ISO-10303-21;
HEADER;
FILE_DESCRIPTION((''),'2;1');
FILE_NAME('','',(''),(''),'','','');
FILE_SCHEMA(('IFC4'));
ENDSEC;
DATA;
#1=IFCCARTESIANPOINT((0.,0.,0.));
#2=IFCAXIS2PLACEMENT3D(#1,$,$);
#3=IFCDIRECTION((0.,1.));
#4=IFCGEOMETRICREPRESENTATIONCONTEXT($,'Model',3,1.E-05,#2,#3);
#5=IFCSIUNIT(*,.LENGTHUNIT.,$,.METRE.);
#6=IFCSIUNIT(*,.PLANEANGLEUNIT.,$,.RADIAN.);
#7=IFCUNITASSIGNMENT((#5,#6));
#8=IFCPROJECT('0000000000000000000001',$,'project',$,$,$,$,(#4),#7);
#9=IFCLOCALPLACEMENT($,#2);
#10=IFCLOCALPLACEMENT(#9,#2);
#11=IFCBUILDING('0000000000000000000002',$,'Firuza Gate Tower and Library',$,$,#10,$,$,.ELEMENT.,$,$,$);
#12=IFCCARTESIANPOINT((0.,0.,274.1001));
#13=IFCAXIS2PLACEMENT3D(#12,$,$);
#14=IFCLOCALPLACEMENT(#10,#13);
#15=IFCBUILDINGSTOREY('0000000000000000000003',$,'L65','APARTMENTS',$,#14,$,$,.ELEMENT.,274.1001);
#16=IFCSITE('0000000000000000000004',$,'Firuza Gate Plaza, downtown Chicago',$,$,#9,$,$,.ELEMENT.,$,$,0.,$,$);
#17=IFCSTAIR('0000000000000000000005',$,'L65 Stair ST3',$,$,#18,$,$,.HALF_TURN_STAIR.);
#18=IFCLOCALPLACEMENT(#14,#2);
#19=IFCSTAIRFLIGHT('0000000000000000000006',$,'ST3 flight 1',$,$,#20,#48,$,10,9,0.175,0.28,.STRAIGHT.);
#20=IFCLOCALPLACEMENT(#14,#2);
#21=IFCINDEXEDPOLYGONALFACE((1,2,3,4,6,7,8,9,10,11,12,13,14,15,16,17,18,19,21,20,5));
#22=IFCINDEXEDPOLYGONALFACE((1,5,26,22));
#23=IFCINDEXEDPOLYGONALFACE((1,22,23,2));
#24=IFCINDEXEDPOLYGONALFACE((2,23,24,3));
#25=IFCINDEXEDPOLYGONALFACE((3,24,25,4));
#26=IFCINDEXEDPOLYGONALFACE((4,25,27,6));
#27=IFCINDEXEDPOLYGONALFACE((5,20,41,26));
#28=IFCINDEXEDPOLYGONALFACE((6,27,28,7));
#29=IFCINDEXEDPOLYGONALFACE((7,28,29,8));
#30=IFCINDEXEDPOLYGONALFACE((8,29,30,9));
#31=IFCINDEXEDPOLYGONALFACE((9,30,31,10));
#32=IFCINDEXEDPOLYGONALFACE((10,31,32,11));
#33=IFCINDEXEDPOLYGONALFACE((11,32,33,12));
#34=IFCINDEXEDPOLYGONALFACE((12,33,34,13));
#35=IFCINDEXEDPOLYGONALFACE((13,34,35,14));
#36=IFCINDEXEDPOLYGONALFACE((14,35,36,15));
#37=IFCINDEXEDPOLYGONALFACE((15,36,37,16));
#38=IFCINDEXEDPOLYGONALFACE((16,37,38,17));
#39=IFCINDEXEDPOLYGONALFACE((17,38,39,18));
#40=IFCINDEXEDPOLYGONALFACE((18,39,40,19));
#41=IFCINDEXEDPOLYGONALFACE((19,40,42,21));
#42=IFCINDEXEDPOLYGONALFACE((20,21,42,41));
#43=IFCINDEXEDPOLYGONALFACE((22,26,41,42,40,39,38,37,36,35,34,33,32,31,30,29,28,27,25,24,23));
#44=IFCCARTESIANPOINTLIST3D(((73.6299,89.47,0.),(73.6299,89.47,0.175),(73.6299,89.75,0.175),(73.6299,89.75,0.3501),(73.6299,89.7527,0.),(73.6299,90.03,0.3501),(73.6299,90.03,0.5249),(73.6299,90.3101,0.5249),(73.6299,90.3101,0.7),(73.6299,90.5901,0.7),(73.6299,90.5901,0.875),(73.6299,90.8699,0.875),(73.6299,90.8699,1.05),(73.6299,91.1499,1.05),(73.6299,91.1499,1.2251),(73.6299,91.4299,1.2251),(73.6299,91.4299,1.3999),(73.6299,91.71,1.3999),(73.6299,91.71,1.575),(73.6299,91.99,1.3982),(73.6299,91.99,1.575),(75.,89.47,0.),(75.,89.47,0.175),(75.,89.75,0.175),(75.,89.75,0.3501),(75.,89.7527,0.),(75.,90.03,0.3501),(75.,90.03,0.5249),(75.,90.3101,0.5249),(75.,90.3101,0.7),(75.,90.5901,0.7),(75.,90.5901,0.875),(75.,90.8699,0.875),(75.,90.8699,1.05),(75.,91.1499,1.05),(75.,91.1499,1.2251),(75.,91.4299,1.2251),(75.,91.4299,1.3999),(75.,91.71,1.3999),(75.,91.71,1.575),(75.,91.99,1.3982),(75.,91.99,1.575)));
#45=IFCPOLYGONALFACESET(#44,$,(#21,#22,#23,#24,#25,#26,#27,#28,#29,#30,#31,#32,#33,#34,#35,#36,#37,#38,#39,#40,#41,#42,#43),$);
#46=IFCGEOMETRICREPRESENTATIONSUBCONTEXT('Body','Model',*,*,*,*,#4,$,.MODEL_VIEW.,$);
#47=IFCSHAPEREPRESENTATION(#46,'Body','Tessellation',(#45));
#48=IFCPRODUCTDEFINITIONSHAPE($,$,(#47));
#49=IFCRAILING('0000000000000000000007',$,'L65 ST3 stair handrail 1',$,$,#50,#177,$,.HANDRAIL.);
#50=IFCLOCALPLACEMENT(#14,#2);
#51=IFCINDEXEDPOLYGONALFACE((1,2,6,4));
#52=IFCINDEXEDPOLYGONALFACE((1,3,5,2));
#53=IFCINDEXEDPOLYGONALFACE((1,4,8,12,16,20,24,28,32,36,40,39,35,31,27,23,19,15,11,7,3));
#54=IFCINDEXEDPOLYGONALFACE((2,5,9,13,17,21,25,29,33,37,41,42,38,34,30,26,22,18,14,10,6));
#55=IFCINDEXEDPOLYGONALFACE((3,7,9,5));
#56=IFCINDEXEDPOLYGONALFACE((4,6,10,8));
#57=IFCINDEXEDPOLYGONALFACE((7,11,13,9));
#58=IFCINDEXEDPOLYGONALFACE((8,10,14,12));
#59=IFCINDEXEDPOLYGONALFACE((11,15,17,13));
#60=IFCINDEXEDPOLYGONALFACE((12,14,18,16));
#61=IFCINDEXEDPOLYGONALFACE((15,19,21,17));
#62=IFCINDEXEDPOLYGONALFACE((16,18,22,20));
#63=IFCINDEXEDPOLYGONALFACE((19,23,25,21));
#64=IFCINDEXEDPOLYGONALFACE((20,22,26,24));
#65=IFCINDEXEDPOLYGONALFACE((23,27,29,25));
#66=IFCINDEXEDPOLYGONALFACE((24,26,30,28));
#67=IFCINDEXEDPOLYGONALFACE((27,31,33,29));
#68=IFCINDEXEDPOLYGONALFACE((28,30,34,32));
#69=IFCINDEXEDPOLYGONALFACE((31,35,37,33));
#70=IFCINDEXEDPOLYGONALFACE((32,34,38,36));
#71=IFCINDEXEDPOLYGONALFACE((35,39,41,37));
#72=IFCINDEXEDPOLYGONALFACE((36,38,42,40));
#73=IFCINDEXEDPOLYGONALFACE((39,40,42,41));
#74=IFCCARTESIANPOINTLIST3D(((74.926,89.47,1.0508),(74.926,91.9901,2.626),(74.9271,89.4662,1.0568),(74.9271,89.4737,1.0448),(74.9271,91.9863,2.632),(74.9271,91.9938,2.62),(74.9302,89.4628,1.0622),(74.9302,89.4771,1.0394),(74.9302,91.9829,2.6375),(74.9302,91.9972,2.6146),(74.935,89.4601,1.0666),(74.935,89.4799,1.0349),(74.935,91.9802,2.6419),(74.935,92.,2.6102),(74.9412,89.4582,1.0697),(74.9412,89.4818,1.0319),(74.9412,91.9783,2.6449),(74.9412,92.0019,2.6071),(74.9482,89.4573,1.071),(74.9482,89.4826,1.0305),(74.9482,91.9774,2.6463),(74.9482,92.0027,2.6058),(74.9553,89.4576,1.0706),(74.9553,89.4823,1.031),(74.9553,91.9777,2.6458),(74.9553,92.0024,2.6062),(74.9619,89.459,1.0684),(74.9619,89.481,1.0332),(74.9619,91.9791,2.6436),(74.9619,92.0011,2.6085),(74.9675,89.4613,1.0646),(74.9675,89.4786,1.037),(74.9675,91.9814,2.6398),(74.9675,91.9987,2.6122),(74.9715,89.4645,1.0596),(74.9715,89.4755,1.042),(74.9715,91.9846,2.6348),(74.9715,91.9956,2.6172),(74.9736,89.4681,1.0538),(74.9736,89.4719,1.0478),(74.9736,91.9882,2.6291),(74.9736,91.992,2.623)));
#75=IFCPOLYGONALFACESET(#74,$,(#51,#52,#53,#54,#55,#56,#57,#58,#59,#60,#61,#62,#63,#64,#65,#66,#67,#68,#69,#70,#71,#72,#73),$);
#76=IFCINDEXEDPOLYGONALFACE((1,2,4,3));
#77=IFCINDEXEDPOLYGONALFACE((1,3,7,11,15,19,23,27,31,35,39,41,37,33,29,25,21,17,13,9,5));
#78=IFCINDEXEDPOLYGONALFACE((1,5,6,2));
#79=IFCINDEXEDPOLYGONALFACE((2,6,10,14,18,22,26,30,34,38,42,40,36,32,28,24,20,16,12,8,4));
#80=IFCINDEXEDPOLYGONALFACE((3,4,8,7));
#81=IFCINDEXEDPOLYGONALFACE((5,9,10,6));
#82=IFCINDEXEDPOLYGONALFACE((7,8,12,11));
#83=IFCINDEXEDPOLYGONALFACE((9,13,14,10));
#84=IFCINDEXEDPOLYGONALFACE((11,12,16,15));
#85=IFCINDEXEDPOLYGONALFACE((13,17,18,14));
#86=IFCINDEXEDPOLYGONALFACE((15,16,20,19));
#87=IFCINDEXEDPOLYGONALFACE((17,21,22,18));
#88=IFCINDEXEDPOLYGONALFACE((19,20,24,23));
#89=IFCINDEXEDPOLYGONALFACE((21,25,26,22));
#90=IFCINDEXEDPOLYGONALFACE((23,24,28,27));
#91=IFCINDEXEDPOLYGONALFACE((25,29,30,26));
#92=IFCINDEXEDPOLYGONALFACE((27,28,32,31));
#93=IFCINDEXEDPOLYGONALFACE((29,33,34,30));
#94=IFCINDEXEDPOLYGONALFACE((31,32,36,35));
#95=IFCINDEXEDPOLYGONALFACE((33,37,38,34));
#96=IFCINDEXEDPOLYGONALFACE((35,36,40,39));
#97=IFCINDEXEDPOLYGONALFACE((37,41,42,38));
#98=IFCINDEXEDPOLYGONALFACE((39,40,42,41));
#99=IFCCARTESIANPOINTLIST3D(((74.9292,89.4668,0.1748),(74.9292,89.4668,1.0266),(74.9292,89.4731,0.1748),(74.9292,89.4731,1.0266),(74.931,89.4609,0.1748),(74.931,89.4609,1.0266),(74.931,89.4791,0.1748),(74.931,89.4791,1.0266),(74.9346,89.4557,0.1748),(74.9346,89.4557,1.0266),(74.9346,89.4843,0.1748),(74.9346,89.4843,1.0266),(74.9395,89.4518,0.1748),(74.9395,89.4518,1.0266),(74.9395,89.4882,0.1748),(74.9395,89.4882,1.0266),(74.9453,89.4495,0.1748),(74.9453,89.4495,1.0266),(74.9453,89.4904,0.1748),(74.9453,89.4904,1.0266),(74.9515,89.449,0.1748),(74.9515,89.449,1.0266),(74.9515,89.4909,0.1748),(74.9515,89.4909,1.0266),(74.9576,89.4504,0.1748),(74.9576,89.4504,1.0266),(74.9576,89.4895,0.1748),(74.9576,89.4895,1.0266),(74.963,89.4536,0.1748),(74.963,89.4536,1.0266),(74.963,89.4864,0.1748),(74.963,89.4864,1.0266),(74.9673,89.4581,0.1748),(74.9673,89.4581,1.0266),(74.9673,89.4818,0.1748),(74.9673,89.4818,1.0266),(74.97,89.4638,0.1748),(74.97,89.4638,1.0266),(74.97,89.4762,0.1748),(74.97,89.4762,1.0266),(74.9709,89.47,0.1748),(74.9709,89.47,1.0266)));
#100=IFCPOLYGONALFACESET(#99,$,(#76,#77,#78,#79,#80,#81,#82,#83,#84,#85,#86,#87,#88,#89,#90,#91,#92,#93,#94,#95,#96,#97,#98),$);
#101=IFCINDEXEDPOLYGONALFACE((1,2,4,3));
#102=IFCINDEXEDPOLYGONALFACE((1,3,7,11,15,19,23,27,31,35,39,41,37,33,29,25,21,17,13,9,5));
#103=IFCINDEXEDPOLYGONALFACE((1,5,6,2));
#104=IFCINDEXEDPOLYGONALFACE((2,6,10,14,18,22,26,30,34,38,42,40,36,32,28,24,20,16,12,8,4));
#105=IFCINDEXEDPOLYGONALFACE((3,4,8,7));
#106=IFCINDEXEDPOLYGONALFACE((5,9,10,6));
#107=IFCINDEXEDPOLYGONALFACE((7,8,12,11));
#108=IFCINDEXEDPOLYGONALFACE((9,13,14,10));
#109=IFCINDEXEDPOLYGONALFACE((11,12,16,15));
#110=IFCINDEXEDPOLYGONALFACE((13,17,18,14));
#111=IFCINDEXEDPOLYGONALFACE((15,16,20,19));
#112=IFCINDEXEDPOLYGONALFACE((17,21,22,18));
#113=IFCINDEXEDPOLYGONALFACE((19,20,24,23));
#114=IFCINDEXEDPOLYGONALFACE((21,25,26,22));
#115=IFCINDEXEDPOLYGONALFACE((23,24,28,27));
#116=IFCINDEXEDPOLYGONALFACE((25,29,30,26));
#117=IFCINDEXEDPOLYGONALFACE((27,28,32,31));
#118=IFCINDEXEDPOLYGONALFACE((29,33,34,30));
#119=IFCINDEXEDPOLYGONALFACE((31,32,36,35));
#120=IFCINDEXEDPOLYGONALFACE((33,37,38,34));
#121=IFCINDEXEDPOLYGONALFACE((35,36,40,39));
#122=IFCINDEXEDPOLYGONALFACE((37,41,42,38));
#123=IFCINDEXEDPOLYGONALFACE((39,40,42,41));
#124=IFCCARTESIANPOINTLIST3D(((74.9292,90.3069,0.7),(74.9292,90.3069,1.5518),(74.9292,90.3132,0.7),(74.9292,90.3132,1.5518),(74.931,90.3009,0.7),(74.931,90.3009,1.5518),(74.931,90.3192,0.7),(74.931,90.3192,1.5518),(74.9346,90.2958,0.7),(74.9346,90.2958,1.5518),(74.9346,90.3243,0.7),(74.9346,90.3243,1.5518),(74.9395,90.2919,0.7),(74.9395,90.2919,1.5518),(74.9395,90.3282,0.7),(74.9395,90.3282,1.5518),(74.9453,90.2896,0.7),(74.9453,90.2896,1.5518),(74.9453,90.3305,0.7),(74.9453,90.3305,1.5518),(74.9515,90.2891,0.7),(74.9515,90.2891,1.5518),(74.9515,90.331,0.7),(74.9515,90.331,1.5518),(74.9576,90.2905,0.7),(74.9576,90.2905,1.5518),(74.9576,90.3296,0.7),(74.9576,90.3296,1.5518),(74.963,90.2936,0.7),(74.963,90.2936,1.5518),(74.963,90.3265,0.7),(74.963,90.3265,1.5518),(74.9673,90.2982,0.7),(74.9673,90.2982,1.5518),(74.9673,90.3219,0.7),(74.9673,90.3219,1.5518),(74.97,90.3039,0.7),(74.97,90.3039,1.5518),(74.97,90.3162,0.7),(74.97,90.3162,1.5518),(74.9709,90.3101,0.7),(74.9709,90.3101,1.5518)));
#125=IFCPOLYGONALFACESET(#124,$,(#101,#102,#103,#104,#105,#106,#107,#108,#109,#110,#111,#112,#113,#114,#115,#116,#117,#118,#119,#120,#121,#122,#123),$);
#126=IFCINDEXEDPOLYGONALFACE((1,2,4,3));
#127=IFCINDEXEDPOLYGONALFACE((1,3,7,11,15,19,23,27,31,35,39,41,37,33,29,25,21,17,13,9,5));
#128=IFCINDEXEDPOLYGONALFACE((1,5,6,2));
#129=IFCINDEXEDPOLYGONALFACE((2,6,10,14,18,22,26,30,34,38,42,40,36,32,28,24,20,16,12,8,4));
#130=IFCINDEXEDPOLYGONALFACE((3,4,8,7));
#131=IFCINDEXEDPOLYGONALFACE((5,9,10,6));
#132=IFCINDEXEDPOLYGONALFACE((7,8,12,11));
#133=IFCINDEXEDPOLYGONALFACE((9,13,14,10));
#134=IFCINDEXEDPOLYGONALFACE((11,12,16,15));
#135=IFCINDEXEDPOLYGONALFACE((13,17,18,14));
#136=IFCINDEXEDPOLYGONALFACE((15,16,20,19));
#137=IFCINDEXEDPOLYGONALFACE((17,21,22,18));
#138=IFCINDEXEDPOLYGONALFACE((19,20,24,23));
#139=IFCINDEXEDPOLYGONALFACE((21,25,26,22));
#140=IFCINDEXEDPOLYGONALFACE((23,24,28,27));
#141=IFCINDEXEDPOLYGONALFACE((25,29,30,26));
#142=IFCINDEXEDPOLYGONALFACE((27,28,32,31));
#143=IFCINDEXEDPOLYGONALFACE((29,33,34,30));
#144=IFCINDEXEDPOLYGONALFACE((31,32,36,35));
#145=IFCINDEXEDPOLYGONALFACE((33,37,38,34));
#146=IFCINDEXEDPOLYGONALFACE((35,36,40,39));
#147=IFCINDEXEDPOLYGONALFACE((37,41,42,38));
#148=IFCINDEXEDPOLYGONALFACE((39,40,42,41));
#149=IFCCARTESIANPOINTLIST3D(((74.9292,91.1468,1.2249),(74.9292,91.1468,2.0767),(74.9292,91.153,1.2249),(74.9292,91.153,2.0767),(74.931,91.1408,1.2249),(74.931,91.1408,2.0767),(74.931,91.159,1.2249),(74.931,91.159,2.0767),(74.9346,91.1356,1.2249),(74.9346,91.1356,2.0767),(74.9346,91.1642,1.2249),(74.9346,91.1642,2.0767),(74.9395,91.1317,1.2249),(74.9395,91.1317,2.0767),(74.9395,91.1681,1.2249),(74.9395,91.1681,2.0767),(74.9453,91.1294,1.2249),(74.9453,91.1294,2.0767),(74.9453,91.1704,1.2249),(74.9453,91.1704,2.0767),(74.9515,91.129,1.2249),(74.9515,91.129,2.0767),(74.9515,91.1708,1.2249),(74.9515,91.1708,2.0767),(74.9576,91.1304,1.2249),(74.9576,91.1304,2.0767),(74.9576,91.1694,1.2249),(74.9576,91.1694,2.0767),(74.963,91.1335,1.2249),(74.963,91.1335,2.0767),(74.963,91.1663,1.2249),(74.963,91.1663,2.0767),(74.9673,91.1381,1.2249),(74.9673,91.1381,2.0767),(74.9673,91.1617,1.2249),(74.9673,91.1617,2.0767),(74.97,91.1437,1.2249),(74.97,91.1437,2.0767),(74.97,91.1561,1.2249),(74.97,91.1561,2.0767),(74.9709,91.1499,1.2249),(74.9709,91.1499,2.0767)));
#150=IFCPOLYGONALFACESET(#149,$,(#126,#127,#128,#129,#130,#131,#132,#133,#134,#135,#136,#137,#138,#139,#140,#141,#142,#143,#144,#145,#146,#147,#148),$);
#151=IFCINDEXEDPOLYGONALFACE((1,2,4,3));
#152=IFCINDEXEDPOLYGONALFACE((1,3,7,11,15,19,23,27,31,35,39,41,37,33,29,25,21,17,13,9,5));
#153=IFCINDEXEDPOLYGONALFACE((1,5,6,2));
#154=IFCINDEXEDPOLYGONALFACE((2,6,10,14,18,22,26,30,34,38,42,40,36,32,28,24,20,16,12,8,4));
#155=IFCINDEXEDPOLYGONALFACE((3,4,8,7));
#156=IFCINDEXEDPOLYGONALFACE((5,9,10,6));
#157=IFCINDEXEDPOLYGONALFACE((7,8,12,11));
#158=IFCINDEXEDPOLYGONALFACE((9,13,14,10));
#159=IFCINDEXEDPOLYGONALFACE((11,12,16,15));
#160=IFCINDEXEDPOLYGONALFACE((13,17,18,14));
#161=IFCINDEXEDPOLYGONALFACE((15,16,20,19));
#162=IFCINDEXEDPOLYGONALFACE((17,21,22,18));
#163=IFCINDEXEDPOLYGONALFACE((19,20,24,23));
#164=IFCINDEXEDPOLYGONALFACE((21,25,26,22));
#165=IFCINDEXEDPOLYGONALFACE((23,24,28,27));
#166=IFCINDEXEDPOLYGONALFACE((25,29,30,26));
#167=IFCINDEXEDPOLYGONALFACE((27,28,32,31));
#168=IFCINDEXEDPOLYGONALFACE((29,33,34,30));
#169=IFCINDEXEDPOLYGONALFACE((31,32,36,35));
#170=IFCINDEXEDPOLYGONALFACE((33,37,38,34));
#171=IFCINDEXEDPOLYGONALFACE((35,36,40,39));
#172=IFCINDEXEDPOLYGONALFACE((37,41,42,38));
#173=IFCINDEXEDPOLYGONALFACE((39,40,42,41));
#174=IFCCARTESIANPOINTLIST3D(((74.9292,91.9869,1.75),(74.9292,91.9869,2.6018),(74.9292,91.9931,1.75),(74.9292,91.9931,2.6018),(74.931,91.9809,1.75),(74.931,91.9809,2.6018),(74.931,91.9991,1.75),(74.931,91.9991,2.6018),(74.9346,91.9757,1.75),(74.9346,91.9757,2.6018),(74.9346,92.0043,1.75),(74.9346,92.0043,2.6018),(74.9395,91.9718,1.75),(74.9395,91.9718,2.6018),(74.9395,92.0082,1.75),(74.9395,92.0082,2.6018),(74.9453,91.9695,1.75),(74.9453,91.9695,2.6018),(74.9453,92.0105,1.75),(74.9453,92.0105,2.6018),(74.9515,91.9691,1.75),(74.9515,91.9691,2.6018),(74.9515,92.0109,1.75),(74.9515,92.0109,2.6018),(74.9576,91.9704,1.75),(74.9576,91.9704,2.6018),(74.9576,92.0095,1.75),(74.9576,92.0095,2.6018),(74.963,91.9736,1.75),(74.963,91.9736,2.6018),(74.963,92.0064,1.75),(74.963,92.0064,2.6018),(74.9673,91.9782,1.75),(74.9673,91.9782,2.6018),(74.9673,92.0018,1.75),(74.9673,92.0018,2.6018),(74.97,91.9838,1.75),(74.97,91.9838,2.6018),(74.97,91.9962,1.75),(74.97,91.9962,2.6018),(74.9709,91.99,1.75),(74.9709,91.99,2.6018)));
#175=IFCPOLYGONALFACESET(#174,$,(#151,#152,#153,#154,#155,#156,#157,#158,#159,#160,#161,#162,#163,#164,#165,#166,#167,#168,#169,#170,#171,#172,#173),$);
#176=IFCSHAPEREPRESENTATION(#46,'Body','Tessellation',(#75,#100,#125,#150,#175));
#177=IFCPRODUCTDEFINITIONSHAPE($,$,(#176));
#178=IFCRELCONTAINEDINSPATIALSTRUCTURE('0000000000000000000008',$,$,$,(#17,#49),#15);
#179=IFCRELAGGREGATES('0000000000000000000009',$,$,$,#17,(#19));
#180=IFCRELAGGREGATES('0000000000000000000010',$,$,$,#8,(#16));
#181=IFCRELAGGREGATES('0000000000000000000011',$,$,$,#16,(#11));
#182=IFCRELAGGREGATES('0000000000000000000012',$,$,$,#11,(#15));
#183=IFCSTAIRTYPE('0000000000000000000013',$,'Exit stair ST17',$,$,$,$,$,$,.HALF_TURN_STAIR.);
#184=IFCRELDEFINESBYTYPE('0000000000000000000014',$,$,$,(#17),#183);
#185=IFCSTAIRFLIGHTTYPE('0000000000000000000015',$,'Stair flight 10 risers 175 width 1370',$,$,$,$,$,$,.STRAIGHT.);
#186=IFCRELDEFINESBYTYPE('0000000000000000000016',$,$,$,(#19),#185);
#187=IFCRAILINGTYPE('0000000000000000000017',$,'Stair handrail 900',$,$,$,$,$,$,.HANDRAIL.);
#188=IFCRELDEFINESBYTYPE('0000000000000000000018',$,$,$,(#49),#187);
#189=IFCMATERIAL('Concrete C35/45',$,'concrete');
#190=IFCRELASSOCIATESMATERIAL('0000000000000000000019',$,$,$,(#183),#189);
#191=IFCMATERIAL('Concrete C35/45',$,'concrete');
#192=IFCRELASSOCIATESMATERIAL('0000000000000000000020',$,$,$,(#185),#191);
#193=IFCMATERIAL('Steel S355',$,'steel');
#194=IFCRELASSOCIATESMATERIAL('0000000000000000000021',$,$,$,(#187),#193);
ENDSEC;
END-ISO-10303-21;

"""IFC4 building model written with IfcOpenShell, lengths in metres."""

from ifc_helpers import new_model, si_unit, direction, frame, origin, origin_2d, place, context, subcontext, project, spatial, polyline, circle, outline, extrude, material, type_object, element, aggregate, save


model = new_model("IFC4")

# Units and contexts
model_context = context("Model", 3, precision=1e-05, world=origin(), true_north=direction((0.0, 1.0)))
body_context = subcontext(model_context, "Body", "Model", "MODEL_VIEW")
ifc_project = project(units=[si_unit("LENGTHUNIT", "METRE"), si_unit("PLANEANGLEUNIT", "RADIAN")], contexts=[model_context])

# Site, building, storey
site_placement = place(None, origin())
site = spatial("IfcSite", under=ifc_project, at=site_placement, Name="Firuza Gate Plaza, downtown Chicago", CompositionType="ELEMENT", RefElevation=0.0)
building_placement = place(site_placement, origin())
building = spatial("IfcBuilding", under=site, at=building_placement, Name="Firuza Gate Tower and Library", CompositionType="ELEMENT")
storey_placement = place(building_placement, frame((0.0, 0.0, 274.1001)))
storey = spatial("IfcBuildingStorey", under=building, at=storey_placement, Name="L65", Description="APARTMENTS", CompositionType="ELEMENT", Elevation=274.1001)

# Shared definitions
placement = place(storey_placement, origin())

# Stair, stair flight
ifc_material_1 = material(Name="Concrete C35/45", Category="concrete")
stair_type = type_object("IfcStairType", Name="Exit stair ST17", PredefinedType="HALF_TURN_STAIR", material=ifc_material_1)
stair = element("IfcStair", 1, at=placement, inside=storey, type_object=stair_type, Name="L65 Stair ST3", PredefinedType="HALF_TURN_STAIR")
ifc_material_2 = material(Name="Concrete C35/45", Category="concrete")
stair_flight_type = type_object("IfcStairFlightType", Name="Stair flight 10 risers 175 width 1370", PredefinedType="STRAIGHT", material=ifc_material_2)
stair_flight_placement = place(storey_placement, frame((74.3149, 89.47, 0.0), z_axis=(0.0, 0.0, 1.0), x_axis=(0.0, 1.0, 0.0)))
stair_flight = element("IfcStairFlight", 2, at=stair_flight_placement, type_object=stair_flight_type, Name="ST3 flight 1", NumberOfRisers=10, NumberOfTreads=9, PredefinedType="STRAIGHT", RiserHeight=0.175, TreadLength=0.28, context=body_context, shape_type="SweptSolid", body=[
    extrude(outline(polyline([(0.0, 0.0), (0.0, 0.175), (0.28, 0.175), (0.28, 0.3501), (0.5601, 0.3501), (0.5601, 0.5249), (0.8401, 0.5249), (0.8401, 0.7), (1.1201, 0.7), (1.1201, 0.875), (1.3999, 0.875), (1.3999, 1.05), (1.6799, 1.05), (1.6799, 1.2251), (1.96, 1.2251), (1.96, 1.3999), (2.24, 1.3999), (2.24, 1.575), (2.52, 1.575), (2.52, 1.75), (2.52, 1.3982), (0.2827, 0.0), (0.0, 0.0)])), frame((0.0, 0.6851, 0.0), z_axis=(0.0, -1.0, 0.0), x_axis=(1.0, 0.0, 0.0)), (0.0, 0.0, 1.0), 1.3701),
])
aggregate(stair, [stair_flight])

# Railing
ifc_material_3 = material(Name="Steel S355", Category="steel")
railing_type = type_object("IfcRailingType", Name="Stair handrail 900", PredefinedType="HANDRAIL", material=ifc_material_3)
railing_placement = place(storey_placement, frame((74.95, 89.47, 0.1748)))
element("IfcRailing", 3, at=railing_placement, inside=storey, type_object=railing_type, Name="L65 ST3 stair handrail 1", PredefinedType="HANDRAIL", context=body_context, shape_type="SweptSolid", body=[
    extrude(circle(Radius=0.0239, at=origin_2d()), frame((0.0, 0.0, 0.876), z_axis=(0.0, 0.847971, 0.530043), x_axis=(-1.0, 0.0, 0.0)), (0.0, 0.0, 1.0), 2.9719),
    extrude(circle(Radius=0.021, at=origin_2d()), origin(), (0.0, 0.0, 1.0), 0.8518),
    extrude(circle(Radius=0.021, at=origin_2d()), frame((0.0, 0.8401, 0.5251)), (0.0, 0.0, 1.0), 0.8518),
    extrude(circle(Radius=0.021, at=origin_2d()), frame((0.0, 1.6799, 1.05)), (0.0, 0.0, 1.0), 0.8518),
    extrude(circle(Radius=0.021, at=origin_2d()), frame((0.0, 2.52, 1.5752)), (0.0, 0.0, 1.0), 0.8518),
])

save(model, "model.ifc")
